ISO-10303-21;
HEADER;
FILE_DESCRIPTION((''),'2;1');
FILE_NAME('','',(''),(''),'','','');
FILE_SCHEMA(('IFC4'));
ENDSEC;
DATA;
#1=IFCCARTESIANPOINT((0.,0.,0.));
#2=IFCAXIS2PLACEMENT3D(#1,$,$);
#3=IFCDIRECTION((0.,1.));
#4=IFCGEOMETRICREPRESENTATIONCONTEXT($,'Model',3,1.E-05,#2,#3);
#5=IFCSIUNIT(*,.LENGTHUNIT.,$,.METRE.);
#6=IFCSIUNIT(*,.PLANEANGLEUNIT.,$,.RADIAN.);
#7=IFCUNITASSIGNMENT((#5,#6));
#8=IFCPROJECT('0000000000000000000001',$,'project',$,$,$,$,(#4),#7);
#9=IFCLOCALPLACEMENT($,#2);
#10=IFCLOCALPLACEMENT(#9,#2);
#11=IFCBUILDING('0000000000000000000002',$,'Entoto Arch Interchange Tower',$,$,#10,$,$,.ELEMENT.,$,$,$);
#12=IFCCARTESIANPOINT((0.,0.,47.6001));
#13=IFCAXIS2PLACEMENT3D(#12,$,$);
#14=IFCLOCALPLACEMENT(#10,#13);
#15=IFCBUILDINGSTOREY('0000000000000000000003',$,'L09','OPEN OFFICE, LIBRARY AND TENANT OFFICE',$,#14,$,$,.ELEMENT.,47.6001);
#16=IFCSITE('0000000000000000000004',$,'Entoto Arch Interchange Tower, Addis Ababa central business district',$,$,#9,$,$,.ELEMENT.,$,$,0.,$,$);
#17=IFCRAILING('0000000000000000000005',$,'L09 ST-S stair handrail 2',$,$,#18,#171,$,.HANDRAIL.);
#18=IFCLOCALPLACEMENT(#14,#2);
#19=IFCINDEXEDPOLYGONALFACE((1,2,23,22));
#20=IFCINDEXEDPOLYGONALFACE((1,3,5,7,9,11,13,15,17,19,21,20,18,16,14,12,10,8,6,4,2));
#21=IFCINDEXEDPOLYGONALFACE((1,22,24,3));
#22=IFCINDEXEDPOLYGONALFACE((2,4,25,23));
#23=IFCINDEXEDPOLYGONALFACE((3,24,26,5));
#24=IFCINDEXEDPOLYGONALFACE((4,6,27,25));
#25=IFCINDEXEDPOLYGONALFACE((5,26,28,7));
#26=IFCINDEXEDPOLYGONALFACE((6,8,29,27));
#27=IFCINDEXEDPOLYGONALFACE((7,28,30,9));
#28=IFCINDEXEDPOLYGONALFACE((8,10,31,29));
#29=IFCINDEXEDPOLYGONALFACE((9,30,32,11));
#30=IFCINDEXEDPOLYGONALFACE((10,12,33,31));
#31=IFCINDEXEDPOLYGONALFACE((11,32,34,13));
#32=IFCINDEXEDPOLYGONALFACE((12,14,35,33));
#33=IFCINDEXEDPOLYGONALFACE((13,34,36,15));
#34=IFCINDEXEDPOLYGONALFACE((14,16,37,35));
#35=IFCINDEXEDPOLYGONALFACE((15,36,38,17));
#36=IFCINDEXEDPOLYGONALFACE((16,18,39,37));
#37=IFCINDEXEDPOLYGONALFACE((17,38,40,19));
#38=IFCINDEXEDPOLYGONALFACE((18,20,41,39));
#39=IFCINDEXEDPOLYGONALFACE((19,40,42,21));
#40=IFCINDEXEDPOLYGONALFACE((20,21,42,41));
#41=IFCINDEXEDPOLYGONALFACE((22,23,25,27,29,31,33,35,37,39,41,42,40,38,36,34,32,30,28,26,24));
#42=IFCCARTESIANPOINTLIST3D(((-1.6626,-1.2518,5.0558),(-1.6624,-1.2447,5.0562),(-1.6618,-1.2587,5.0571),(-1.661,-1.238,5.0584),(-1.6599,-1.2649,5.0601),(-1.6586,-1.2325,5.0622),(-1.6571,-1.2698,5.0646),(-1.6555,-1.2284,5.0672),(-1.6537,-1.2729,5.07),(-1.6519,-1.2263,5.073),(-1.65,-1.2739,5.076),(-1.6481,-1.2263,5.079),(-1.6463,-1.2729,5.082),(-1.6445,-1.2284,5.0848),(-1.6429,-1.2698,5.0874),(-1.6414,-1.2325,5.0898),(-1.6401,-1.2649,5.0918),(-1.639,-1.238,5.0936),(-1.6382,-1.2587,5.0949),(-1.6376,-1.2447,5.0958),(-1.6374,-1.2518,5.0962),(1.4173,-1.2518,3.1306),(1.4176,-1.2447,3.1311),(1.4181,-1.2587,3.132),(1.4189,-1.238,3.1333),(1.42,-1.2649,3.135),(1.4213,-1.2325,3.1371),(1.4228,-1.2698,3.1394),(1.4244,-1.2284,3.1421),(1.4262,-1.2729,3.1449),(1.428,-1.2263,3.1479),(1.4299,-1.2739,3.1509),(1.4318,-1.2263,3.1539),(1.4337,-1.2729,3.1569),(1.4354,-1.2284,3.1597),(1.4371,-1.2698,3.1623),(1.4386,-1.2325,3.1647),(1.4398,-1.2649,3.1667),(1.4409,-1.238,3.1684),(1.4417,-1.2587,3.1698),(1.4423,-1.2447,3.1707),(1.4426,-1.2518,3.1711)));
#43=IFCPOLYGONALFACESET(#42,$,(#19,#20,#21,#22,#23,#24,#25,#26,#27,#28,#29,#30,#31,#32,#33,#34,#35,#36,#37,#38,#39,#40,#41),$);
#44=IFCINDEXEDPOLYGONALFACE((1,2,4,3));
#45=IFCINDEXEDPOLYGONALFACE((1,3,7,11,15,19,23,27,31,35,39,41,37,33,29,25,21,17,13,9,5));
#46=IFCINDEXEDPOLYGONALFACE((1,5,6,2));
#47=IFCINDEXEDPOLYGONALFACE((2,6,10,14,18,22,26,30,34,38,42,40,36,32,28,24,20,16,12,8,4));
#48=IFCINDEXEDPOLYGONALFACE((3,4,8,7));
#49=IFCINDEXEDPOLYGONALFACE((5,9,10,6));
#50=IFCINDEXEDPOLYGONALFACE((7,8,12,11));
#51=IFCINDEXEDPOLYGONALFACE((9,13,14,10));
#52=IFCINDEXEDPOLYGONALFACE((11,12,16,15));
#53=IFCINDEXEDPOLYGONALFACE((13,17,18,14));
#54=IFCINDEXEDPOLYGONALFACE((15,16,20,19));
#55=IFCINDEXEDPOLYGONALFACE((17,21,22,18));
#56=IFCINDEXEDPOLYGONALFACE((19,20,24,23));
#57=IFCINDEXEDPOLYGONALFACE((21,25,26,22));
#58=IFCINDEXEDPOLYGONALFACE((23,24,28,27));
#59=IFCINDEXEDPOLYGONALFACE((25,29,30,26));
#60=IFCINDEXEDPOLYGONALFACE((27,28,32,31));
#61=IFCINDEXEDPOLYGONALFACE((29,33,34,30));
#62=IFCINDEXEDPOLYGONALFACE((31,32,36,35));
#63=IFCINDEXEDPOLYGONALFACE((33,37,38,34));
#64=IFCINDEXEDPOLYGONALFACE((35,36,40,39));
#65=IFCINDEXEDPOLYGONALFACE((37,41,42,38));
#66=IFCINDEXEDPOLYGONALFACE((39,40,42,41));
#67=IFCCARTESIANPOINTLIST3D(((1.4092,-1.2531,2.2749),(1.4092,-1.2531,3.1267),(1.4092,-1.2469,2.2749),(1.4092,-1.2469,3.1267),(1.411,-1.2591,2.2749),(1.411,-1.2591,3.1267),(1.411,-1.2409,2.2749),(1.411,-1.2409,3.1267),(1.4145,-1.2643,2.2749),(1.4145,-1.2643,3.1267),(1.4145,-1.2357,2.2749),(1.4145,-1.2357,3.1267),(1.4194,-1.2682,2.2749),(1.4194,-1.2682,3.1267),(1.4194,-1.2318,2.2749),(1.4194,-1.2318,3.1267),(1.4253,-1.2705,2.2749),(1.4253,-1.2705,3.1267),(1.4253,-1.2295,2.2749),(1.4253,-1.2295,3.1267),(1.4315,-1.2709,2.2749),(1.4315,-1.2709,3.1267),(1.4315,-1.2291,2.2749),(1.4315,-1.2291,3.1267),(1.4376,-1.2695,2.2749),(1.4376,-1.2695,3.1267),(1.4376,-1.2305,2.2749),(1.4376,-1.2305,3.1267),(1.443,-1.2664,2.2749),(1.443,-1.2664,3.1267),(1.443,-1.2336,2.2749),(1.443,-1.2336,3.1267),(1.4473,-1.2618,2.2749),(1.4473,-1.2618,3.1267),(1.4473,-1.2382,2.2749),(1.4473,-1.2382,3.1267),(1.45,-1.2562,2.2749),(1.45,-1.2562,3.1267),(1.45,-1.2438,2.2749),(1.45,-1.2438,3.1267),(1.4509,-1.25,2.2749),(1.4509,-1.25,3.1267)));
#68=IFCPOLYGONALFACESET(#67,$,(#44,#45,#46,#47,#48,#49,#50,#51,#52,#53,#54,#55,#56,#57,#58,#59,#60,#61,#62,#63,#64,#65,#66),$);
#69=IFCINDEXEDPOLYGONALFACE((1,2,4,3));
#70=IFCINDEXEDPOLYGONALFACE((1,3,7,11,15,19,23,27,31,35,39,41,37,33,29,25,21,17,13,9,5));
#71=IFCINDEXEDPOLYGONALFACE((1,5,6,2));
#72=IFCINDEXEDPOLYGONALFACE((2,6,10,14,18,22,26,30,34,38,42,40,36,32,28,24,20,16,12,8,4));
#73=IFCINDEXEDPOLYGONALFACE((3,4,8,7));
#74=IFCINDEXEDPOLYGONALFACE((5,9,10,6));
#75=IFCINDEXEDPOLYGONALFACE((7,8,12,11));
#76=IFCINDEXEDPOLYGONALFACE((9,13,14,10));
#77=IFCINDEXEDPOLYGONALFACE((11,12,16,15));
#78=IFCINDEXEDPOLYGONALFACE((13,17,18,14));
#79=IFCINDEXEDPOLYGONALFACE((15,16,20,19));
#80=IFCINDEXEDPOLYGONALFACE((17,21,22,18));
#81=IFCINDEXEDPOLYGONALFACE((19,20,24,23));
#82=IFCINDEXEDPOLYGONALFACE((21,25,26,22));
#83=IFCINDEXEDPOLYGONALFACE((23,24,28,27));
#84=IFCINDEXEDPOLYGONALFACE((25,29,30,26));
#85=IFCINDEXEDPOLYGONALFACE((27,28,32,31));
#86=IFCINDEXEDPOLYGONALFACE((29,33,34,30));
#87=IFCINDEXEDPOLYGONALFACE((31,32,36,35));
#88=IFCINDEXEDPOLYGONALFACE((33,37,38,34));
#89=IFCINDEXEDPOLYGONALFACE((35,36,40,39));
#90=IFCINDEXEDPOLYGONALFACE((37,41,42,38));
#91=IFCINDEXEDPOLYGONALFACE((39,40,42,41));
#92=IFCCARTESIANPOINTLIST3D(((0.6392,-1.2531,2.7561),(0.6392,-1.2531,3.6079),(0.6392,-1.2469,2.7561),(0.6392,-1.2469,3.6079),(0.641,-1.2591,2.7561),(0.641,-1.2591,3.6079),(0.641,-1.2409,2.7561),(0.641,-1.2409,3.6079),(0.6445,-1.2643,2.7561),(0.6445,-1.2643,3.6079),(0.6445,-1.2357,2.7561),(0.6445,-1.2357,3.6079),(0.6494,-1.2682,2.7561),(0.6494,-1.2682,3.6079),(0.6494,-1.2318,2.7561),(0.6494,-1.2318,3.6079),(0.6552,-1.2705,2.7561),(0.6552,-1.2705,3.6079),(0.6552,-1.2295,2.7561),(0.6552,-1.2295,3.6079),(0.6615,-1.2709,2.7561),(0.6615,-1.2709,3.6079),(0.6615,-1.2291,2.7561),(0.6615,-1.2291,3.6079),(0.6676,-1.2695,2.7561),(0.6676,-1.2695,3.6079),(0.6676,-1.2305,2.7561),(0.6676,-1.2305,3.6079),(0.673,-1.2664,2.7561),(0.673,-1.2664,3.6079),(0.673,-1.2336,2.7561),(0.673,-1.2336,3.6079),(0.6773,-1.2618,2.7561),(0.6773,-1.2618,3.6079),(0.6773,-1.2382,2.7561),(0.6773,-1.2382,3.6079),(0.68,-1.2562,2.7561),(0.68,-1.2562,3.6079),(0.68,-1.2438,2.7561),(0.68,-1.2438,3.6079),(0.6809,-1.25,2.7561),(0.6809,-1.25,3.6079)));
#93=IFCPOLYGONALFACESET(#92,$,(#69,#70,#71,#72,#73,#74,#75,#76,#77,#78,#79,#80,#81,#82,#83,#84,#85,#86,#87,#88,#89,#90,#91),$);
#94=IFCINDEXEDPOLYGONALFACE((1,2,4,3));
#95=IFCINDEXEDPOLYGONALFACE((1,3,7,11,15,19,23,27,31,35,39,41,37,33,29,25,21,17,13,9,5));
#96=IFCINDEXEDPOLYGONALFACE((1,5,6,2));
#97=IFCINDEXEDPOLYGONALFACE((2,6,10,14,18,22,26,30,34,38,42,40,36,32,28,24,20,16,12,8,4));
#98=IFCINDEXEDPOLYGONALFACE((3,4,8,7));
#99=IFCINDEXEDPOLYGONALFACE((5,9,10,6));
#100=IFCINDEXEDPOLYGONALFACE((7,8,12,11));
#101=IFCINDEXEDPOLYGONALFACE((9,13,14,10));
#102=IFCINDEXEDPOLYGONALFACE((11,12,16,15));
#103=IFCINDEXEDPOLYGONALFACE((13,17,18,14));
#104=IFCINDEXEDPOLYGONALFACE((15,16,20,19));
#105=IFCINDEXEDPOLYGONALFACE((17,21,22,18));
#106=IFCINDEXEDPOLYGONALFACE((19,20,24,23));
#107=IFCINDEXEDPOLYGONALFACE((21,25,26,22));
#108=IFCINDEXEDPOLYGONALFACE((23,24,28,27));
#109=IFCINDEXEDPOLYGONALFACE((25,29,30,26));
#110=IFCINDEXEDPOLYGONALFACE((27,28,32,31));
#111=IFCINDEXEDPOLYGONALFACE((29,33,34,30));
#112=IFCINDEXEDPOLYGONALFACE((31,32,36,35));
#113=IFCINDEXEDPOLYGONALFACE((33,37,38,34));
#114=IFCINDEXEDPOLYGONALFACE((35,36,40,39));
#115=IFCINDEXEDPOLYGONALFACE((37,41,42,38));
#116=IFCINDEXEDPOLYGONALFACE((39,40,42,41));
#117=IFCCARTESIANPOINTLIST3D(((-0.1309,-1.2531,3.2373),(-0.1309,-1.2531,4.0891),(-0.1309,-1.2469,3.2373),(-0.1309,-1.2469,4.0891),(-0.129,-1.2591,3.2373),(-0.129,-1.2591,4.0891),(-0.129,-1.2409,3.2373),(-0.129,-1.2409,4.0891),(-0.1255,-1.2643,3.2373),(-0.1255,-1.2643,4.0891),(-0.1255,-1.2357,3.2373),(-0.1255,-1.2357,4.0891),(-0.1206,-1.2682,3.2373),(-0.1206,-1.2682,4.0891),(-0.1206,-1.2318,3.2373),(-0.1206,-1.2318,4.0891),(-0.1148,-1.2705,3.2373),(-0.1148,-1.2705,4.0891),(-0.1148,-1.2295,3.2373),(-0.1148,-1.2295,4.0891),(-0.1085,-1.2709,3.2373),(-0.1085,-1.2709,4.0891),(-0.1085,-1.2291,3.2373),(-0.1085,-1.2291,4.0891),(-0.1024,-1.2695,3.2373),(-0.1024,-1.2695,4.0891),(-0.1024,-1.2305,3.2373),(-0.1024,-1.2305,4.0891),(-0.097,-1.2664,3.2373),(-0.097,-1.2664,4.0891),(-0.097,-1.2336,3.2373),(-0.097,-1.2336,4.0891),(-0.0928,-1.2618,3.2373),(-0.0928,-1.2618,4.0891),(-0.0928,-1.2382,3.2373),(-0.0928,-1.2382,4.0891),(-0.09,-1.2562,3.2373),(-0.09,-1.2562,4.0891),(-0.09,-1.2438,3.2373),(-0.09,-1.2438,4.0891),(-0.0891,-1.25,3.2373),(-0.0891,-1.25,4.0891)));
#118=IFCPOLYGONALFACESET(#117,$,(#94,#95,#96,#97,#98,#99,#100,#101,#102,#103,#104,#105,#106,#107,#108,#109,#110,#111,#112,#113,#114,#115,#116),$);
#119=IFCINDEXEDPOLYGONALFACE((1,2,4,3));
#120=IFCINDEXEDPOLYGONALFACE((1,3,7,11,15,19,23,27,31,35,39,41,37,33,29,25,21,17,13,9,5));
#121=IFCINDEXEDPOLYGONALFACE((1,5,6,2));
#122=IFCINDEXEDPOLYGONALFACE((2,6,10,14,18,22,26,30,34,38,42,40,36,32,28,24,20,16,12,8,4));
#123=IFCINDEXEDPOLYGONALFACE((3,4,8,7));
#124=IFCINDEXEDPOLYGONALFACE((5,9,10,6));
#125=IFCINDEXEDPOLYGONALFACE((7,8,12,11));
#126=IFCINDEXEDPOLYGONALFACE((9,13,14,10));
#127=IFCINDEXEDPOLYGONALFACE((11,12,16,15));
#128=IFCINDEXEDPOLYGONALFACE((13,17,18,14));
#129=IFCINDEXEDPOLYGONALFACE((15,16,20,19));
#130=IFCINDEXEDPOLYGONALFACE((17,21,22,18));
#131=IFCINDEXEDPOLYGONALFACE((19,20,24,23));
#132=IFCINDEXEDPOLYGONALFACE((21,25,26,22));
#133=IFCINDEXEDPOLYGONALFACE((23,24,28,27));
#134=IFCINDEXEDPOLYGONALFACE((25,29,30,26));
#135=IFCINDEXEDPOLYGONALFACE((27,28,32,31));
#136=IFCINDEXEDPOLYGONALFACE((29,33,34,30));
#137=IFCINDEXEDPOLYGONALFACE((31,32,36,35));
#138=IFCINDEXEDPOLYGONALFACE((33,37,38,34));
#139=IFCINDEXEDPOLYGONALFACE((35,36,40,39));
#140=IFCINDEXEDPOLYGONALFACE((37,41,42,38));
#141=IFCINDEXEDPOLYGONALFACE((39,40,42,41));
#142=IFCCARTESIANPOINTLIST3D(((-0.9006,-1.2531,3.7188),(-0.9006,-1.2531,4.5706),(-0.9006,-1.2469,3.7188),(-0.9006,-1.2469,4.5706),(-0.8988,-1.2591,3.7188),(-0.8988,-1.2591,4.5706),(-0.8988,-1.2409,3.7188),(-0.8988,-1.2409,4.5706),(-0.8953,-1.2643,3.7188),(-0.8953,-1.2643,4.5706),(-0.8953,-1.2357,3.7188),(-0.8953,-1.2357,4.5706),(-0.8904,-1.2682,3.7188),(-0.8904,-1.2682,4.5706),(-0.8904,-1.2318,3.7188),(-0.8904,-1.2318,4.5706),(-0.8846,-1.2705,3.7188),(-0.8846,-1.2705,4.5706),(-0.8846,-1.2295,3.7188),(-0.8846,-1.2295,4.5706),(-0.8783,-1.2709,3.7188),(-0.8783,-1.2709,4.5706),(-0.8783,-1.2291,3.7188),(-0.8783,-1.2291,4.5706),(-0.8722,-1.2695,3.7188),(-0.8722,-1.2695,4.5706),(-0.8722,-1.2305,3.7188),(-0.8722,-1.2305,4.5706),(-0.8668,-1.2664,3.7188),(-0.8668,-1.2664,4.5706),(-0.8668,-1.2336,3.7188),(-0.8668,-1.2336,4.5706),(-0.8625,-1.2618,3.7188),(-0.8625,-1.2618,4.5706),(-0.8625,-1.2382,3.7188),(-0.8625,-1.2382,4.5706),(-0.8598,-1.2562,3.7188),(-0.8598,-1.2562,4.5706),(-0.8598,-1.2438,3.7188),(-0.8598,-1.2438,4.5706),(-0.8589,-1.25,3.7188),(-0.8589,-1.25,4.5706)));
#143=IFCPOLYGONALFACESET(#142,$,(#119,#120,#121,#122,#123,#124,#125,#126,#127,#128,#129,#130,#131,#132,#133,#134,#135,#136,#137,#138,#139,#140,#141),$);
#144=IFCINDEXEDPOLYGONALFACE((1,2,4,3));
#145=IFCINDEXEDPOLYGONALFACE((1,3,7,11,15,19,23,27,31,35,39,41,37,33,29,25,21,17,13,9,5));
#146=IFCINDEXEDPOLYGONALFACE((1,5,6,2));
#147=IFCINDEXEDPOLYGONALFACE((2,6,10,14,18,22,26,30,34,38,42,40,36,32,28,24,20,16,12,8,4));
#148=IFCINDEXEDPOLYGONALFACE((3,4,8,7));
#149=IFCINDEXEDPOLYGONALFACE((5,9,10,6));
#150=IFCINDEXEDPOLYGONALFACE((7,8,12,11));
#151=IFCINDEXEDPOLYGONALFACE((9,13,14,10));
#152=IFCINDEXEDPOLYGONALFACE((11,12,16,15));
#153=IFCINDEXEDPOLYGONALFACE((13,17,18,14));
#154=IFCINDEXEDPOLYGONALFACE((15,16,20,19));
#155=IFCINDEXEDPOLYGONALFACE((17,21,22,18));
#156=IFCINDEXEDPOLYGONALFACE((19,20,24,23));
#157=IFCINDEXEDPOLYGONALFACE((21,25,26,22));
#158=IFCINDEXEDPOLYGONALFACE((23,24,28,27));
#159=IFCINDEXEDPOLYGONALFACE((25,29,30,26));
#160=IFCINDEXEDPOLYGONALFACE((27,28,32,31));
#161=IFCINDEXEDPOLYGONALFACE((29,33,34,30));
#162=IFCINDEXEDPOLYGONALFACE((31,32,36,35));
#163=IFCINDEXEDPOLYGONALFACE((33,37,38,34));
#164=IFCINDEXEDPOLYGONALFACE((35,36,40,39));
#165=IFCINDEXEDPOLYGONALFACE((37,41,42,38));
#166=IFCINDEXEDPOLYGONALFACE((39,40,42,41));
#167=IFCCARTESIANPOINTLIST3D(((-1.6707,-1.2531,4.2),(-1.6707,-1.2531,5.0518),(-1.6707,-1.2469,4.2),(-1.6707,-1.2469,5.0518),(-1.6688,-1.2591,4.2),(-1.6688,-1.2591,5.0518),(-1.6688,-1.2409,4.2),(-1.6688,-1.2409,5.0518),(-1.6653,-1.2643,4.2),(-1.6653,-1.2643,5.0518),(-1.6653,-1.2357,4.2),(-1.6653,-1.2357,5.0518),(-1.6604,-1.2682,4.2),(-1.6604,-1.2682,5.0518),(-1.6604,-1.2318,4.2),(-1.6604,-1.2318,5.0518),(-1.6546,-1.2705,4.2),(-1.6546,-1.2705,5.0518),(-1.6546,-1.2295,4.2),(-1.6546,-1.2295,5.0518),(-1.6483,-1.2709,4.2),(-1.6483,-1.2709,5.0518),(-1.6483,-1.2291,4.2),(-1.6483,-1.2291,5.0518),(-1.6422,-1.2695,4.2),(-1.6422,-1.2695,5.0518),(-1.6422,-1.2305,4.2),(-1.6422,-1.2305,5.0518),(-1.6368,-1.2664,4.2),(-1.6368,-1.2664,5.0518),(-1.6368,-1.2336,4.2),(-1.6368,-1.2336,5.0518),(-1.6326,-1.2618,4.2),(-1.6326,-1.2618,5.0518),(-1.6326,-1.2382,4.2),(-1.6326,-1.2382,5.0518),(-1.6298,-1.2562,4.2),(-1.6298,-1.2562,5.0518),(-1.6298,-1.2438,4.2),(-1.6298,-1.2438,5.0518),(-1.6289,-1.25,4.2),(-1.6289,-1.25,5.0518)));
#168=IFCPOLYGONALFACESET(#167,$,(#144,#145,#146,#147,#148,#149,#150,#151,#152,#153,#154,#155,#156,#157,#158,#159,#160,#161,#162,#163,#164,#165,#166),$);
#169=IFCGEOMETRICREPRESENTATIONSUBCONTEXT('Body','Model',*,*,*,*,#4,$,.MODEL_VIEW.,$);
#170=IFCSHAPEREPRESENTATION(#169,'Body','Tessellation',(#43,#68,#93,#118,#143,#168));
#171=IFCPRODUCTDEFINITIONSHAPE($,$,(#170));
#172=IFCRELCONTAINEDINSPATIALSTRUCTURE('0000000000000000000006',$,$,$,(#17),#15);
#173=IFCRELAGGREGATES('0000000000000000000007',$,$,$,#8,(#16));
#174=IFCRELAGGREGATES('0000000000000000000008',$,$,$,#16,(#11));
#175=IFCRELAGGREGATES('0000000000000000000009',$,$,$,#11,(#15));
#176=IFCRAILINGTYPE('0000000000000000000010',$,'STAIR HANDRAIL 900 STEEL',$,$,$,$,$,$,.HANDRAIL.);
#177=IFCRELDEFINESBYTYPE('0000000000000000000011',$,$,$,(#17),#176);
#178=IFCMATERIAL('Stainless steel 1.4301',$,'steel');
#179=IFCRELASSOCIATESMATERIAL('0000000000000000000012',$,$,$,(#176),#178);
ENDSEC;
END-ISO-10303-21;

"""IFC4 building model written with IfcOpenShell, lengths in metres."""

from ifc_helpers import new_model, si_unit, direction, frame, origin, origin_2d, place, context, subcontext, project, spatial, circle, extrude, material, type_object, element, save


model = new_model("IFC4")

# Units and contexts
model_context = context("Model", 3, precision=1e-05, world=origin(), true_north=direction((0.0, 1.0)))
body_context = subcontext(model_context, "Body", "Model", "MODEL_VIEW")
ifc_project = project(units=[si_unit("LENGTHUNIT", "METRE"), si_unit("PLANEANGLEUNIT", "RADIAN")], contexts=[model_context])

# Site, building, storey
site_placement = place(None, origin())
site = spatial("IfcSite", under=ifc_project, at=site_placement, Name="Entoto Arch Interchange Tower, Addis Ababa central business district", CompositionType="ELEMENT", RefElevation=0.0)
building_placement = place(site_placement, origin())
building = spatial("IfcBuilding", under=site, at=building_placement, Name="Entoto Arch Interchange Tower", CompositionType="ELEMENT")
storey_placement = place(building_placement, frame((0.0, 0.0, 47.6001)))
storey = spatial("IfcBuildingStorey", under=building, at=storey_placement, Name="L09", Description="OPEN OFFICE, LIBRARY AND TENANT OFFICE", CompositionType="ELEMENT", Elevation=47.6001)

# Railing
ifc_material_1 = material(Name="Stainless steel 1.4301", Category="steel")
railing_type_1 = type_object("IfcRailingType", Name="STAIR HANDRAIL 900 STEEL", PredefinedType="HANDRAIL", material=ifc_material_1)
railing_1_placement = place(storey_placement, frame((1.4299, -1.25, 2.2749)))
element("IfcRailing", 1, at=railing_1_placement, inside=storey, type_object=railing_type_1, Name="L09 ST-S stair handrail 2", PredefinedType="HANDRAIL", context=body_context, shape_type="SweptSolid", body=[
    extrude(circle(Radius=0.0239, at=origin_2d()), frame((0.0, 0.0, 0.876), z_axis=(-0.847979, 0.0, 0.530029), x_axis=(0.0, -1.0, 0.0)), (0.0, 0.0, 1.0), 3.6321),
    extrude(circle(Radius=0.021, at=origin_2d()), origin(), (0.0, 0.0, 1.0), 0.8518),
    extrude(circle(Radius=0.021, at=origin_2d()), frame((-0.77, 0.0, 0.4812)), (0.0, 0.0, 1.0), 0.8518),
    extrude(circle(Radius=0.021, at=origin_2d()), frame((-1.54, 0.0, 0.9624)), (0.0, 0.0, 1.0), 0.8518),
    extrude(circle(Radius=0.021, at=origin_2d()), frame((-2.3098, 0.0, 1.4438)), (0.0, 0.0, 1.0), 0.8518),
    extrude(circle(Radius=0.021, at=origin_2d()), frame((-3.0798, 0.0, 1.925)), (0.0, 0.0, 1.0), 0.8518),
])

save(model, "model.ifc")
